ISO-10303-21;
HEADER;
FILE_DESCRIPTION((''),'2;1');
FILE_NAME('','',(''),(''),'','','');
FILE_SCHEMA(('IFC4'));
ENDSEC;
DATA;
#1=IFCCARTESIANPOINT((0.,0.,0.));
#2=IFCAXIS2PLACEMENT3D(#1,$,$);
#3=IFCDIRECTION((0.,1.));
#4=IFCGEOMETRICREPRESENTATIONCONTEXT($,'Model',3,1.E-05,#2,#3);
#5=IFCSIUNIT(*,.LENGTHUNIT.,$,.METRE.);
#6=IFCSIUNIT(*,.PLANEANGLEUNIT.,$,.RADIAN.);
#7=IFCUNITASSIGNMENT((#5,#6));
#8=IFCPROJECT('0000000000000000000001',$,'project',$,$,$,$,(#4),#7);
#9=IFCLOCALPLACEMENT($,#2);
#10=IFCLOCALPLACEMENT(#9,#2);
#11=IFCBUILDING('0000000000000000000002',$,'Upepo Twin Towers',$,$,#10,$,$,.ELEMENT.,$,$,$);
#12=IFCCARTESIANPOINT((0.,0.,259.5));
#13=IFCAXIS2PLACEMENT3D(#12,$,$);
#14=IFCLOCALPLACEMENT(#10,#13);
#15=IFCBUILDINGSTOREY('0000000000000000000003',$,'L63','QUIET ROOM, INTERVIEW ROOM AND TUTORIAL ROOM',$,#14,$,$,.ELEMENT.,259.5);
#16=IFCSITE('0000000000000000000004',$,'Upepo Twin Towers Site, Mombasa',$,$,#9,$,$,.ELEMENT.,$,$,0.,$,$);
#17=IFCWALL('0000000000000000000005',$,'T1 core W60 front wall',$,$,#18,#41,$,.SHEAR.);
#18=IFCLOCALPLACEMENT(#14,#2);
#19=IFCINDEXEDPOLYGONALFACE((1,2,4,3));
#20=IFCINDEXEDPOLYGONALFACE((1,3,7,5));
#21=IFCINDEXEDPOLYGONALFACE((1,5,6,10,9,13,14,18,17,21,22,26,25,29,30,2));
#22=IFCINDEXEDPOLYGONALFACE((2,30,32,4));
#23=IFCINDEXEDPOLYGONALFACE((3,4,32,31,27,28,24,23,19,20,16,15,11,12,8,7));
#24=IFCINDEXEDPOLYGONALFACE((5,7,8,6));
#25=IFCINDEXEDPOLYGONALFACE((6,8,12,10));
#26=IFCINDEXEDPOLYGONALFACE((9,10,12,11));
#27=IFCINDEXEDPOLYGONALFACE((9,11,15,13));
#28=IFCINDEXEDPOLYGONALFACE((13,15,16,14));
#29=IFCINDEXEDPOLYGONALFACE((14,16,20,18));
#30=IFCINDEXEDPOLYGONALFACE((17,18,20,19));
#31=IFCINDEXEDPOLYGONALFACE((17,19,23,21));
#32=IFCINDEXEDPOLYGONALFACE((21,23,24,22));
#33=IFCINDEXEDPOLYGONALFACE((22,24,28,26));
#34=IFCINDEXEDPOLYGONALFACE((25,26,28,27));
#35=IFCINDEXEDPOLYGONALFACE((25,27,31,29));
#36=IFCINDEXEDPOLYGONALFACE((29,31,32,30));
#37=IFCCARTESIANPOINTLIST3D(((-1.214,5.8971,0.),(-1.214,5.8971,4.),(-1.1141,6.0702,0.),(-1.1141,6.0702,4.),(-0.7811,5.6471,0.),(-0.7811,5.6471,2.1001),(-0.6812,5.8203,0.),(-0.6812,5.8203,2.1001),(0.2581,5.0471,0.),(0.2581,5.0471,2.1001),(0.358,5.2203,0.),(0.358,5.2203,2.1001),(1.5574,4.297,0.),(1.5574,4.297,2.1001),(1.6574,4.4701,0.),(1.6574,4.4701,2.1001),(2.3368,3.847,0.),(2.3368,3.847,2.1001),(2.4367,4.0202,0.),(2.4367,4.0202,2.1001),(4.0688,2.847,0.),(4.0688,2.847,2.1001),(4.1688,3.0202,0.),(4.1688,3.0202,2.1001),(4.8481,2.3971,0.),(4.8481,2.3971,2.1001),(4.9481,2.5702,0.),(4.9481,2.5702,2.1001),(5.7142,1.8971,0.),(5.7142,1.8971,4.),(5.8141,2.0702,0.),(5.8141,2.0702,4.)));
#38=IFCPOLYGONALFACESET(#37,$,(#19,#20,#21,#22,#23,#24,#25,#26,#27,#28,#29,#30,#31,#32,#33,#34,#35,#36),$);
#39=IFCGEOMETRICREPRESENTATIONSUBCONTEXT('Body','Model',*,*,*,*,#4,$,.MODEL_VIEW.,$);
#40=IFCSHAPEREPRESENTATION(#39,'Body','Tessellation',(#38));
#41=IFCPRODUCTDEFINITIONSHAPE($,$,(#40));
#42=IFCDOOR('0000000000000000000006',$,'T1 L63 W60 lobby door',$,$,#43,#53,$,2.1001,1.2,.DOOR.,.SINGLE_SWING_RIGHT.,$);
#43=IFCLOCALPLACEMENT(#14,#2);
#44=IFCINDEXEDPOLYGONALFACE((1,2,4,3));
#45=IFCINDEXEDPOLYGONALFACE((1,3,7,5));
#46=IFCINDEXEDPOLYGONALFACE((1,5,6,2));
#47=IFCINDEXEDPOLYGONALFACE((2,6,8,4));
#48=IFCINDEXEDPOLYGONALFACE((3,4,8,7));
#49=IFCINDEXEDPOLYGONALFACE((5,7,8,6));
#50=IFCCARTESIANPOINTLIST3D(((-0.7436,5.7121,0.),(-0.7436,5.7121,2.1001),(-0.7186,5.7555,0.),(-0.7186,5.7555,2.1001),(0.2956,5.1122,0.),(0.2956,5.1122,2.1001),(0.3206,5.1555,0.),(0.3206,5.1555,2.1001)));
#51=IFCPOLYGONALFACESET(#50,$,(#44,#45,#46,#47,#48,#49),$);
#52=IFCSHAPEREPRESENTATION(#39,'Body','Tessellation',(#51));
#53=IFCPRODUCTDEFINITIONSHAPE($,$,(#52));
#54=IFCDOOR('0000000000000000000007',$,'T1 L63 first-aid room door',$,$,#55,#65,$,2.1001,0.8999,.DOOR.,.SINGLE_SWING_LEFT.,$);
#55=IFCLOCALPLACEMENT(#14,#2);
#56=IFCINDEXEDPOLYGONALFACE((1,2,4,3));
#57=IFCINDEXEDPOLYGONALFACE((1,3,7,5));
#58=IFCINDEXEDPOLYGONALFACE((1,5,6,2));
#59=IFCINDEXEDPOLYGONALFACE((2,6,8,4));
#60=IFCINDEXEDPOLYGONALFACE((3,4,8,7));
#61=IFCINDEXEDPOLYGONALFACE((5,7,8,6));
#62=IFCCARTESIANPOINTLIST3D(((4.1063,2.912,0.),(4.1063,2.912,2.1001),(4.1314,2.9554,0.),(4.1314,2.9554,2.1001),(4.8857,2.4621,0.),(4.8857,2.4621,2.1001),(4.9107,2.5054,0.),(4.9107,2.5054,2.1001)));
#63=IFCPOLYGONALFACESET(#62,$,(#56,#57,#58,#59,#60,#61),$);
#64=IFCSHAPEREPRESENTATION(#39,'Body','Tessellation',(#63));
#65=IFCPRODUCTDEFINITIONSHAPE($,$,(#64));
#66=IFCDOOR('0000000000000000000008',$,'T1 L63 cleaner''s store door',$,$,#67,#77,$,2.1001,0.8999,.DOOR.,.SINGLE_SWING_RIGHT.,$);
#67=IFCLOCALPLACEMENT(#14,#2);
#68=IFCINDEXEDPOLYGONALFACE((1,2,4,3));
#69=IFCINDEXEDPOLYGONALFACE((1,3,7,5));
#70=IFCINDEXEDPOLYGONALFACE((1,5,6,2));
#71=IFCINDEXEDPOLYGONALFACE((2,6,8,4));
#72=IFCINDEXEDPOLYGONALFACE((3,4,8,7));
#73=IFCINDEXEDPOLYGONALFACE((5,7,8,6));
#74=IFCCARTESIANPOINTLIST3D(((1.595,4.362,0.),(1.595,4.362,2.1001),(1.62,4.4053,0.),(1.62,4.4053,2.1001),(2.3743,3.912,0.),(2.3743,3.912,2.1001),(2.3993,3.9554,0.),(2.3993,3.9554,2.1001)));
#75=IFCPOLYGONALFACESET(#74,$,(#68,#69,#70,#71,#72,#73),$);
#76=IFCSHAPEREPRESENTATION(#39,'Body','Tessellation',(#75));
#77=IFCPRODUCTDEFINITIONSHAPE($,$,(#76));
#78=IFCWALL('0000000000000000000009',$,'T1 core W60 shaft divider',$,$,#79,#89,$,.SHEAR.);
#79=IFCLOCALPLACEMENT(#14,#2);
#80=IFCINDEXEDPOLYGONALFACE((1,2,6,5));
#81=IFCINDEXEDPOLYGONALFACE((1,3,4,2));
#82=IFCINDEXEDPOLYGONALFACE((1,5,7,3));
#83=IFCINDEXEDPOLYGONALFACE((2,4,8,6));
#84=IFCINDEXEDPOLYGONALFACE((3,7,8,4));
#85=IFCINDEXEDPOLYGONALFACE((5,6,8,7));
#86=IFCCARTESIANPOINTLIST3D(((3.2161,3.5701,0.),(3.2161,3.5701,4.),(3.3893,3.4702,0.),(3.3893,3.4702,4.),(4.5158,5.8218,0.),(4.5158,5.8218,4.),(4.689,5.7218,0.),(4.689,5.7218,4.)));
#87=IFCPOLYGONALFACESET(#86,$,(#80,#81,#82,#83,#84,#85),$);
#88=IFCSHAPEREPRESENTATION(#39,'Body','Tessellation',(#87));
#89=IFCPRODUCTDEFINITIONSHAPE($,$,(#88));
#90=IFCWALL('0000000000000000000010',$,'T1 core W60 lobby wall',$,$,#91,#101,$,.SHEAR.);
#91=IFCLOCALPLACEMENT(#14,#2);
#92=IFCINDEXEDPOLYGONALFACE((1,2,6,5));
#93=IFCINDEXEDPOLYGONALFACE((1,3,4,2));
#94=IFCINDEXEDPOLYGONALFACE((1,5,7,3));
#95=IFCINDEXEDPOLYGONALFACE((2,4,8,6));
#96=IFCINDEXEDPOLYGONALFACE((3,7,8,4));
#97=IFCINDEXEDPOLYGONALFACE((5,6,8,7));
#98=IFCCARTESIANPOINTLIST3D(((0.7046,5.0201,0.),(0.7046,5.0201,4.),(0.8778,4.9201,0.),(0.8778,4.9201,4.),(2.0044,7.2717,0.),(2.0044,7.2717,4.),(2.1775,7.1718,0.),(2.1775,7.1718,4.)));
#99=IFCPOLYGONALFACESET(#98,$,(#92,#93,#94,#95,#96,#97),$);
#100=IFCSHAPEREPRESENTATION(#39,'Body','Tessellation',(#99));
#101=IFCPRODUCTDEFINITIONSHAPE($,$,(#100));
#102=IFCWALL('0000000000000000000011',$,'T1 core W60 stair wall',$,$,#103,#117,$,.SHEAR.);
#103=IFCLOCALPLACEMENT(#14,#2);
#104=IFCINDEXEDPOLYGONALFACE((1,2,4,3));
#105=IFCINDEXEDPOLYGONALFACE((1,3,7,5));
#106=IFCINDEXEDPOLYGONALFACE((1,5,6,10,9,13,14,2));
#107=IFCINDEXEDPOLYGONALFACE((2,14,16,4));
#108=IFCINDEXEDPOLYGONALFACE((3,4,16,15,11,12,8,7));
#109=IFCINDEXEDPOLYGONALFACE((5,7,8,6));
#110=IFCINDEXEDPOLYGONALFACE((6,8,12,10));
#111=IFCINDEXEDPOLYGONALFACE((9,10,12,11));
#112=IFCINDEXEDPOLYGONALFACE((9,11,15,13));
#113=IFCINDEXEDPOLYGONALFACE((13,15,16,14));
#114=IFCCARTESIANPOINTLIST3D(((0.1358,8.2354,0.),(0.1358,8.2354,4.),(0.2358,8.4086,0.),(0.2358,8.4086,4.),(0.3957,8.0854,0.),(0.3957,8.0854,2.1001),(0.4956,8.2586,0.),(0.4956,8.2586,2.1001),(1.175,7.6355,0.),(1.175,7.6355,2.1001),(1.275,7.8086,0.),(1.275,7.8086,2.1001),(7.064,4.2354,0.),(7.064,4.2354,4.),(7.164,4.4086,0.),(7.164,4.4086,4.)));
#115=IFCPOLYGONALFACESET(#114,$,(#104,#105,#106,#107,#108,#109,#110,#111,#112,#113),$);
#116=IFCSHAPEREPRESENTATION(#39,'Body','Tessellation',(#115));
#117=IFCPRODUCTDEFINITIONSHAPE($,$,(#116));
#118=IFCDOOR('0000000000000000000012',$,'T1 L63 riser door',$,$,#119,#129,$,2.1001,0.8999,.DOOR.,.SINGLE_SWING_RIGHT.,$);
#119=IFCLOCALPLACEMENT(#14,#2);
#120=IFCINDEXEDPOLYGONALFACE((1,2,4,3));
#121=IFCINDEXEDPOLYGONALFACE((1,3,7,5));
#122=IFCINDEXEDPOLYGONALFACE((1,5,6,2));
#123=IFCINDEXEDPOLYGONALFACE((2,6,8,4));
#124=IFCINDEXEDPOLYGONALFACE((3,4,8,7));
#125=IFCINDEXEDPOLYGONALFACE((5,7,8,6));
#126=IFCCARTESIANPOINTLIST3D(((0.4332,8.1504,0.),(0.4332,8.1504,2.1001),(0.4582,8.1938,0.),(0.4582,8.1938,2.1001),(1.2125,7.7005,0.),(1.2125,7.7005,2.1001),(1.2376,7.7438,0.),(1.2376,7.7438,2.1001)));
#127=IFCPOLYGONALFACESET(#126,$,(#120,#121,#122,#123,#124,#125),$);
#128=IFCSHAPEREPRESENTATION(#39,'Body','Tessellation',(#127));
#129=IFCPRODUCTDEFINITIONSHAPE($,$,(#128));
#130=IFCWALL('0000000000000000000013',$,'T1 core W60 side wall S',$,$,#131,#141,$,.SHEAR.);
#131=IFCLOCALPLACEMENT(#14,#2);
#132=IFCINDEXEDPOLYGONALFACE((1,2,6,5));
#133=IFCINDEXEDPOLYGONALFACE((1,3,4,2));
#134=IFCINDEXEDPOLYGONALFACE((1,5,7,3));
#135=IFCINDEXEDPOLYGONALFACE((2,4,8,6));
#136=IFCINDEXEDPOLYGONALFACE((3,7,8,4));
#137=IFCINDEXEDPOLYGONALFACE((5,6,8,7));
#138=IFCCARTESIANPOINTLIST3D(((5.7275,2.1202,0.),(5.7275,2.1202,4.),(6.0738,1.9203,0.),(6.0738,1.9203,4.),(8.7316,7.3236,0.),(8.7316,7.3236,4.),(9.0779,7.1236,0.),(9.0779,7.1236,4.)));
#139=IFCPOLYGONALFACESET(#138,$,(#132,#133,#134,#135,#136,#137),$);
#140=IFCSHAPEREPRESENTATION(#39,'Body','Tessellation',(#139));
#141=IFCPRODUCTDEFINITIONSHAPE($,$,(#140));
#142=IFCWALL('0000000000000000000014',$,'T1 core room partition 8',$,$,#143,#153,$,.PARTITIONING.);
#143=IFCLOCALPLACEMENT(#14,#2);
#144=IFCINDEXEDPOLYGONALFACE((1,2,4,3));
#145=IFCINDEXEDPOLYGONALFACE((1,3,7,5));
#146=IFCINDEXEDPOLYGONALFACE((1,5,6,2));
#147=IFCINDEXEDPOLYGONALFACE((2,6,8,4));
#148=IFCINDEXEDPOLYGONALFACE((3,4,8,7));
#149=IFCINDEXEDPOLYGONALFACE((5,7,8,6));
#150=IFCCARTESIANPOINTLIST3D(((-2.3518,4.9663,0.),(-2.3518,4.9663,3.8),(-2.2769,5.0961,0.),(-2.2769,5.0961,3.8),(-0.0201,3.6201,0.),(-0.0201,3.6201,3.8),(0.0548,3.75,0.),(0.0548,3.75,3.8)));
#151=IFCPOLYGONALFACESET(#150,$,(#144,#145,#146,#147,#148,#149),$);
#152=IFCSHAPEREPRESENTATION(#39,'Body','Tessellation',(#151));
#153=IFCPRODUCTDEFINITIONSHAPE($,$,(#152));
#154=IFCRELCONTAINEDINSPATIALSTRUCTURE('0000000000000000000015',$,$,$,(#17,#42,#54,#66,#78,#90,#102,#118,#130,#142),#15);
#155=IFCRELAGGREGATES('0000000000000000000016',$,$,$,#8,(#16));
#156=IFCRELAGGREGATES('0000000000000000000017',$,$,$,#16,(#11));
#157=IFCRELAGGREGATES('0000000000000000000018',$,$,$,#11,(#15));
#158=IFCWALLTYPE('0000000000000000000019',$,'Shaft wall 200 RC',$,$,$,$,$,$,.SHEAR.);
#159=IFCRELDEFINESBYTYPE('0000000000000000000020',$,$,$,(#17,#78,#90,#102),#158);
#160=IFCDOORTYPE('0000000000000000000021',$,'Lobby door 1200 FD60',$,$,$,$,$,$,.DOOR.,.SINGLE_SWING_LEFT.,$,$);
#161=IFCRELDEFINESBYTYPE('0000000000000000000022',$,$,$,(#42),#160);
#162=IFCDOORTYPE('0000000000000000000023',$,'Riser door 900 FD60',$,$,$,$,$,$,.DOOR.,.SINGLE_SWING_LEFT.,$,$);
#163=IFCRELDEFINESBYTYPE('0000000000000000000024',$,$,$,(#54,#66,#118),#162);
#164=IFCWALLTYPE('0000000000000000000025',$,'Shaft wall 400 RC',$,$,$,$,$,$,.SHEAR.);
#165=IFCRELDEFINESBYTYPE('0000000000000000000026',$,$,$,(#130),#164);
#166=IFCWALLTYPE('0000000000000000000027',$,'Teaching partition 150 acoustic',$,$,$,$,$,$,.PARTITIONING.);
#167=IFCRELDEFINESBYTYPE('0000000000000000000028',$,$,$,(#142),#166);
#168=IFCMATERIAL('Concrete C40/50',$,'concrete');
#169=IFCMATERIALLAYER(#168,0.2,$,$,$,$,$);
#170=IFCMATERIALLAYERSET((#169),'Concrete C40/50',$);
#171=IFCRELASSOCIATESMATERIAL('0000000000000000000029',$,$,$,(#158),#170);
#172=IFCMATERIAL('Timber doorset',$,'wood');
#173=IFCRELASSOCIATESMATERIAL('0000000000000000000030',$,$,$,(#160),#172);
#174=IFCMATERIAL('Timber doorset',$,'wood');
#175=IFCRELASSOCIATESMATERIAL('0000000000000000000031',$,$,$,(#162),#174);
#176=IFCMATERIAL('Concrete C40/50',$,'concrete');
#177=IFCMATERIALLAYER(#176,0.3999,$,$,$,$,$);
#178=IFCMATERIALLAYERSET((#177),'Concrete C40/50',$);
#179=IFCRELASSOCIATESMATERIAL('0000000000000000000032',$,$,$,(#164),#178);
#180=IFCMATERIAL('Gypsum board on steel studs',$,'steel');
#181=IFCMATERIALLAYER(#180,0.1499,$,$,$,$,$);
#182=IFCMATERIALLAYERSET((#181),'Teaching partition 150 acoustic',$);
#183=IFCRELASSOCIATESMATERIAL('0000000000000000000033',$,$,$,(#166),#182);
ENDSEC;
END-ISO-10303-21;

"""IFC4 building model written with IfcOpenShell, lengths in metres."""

from ifc_helpers import new_model, si_unit, direction, frame, frame_2d, origin, place, context, subcontext, project, spatial, rectangle, extrude, material, layer, layer_set, type_object, element, fill, save


model = new_model("IFC4")

# Units and contexts
model_context = context("Model", 3, precision=1e-05, world=origin(), true_north=direction((0.0, 1.0)))
body_context = subcontext(model_context, "Body", "Model", "MODEL_VIEW")
ifc_project = project(units=[si_unit("LENGTHUNIT", "METRE"), si_unit("PLANEANGLEUNIT", "RADIAN")], contexts=[model_context])

# Site, building, storey
site_placement = place(None, origin())
site = spatial("IfcSite", under=ifc_project, at=site_placement, Name="Upepo Twin Towers Site, Mombasa", CompositionType="ELEMENT", RefElevation=0.0)
building_placement = place(site_placement, origin())
building = spatial("IfcBuilding", under=site, at=building_placement, Name="Upepo Twin Towers", CompositionType="ELEMENT")
storey_placement = place(building_placement, frame((0.0, 0.0, 259.5)))
storey = spatial("IfcBuildingStorey", under=building, at=storey_placement, Name="L63", Description="QUIET ROOM, INTERVIEW ROOM AND TUTORIAL ROOM", CompositionType="ELEMENT", Elevation=259.5)

# Wall, openings, doors
ifc_material_1 = material(Name="Concrete C40/50", Category="concrete")
ifc_layer_1 = layer(ifc_material_1, 0.2)
ifc_layer_set_1 = layer_set([ifc_layer_1], Name="Concrete C40/50")
wall_type_1 = type_object("IfcWallType", Name="Shaft wall 200 RC", PredefinedType="SHEAR", material=ifc_layer_set_1)
wall_1_placement = place(storey_placement, frame((5.7642, 1.9836, 0.0), z_axis=(0.0, 0.0, 1.0), x_axis=(-0.866026, 0.499999, 0.0)))
wall_1 = element("IfcWall", 1, at=wall_1_placement, inside=storey, type_object=wall_type_1, Name="T1 core W60 front wall", PredefinedType="SHEAR", context=body_context, shape_type="SweptSolid", body=[
    extrude(rectangle(XDim=8.0, YDim=0.2, at=frame_2d((4.0, 0.0))), origin(), (0.0, 0.0, 1.0), 4.0),
])
opening_1_placement = place(wall_1_placement, frame((6.3, 0.0, 0.0)))
opening_1 = element("IfcOpeningElement", 2, at=opening_1_placement, cuts=wall_1, PredefinedType="OPENING", context=body_context, shape_type="SweptSolid", body=[
    extrude(rectangle(XDim=1.2, YDim=2.1001, at=frame_2d((0.6001, 1.05))), frame((0.0, 0.1099, 0.0), z_axis=(0.0, -1.0, 0.0), x_axis=(1.0, 0.0, 0.0)), (0.0, 0.0, 1.0), 0.22),
])
opening_2_placement = place(wall_1_placement, frame((1.0, 0.0, 0.0)))
opening_2 = element("IfcOpeningElement", 3, at=opening_2_placement, cuts=wall_1, PredefinedType="OPENING", context=body_context, shape_type="SweptSolid", body=[
    extrude(rectangle(XDim=0.8999, YDim=2.1001, at=frame_2d((0.45, 1.05))), frame((0.0, 0.1099, 0.0), z_axis=(0.0, -1.0, 0.0), x_axis=(1.0, 0.0, 0.0)), (0.0, 0.0, 1.0), 0.22),
])
opening_3_placement = place(wall_1_placement, frame((3.8999, 0.0, 0.0)))
opening_3 = element("IfcOpeningElement", 4, at=opening_3_placement, cuts=wall_1, PredefinedType="OPENING", context=body_context, shape_type="SweptSolid", body=[
    extrude(rectangle(XDim=0.8999, YDim=2.1001, at=frame_2d((0.45, 1.05))), frame((0.0, 0.1099, 0.0), z_axis=(0.0, -1.0, 0.0), x_axis=(1.0, 0.0, 0.0)), (0.0, 0.0, 1.0), 0.22),
])
ifc_material_2 = material(Name="Timber doorset", Category="wood")
door_type_1 = type_object("IfcDoorType", Name="Lobby door 1200 FD60", OperationType="SINGLE_SWING_LEFT", PredefinedType="DOOR", material=ifc_material_2)
door_1_placement = place(opening_1_placement, origin())
door_1 = element("IfcDoor", 5, at=door_1_placement, inside=storey, type_object=door_type_1, Name="T1 L63 W60 lobby door", OperationType="SINGLE_SWING_RIGHT", OverallHeight=2.1001, OverallWidth=1.2, PredefinedType="DOOR", context=body_context, shape_type="SweptSolid", body=[
    extrude(rectangle(XDim=1.2, YDim=2.1001, at=frame_2d((0.6001, 1.05))), frame((0.0, 0.0249, 0.0), z_axis=(0.0, -1.0, 0.0), x_axis=(1.0, 0.0, 0.0)), (0.0, 0.0, 1.0), 0.05),
])
fill(opening_1, door_1)
ifc_material_3 = material(Name="Timber doorset", Category="wood")
door_type_2 = type_object("IfcDoorType", Name="Riser door 900 FD60", OperationType="SINGLE_SWING_LEFT", PredefinedType="DOOR", material=ifc_material_3)
door_2_placement = place(opening_2_placement, origin())
door_2 = element("IfcDoor", 6, at=door_2_placement, inside=storey, type_object=door_type_2, Name="T1 L63 first-aid room door", OperationType="SINGLE_SWING_LEFT", OverallHeight=2.1001, OverallWidth=0.8999, PredefinedType="DOOR", context=body_context, shape_type="SweptSolid", body=[
    extrude(rectangle(XDim=0.8999, YDim=2.1001, at=frame_2d((0.45, 1.05))), frame((0.0, 0.0249, 0.0), z_axis=(0.0, -1.0, 0.0), x_axis=(1.0, 0.0, 0.0)), (0.0, 0.0, 1.0), 0.05),
])
fill(opening_2, door_2)
door_3_placement = place(opening_3_placement, origin())
door_3 = element("IfcDoor", 7, at=door_3_placement, inside=storey, type_object=door_type_2, Name="T1 L63 cleaner's store door", OperationType="SINGLE_SWING_RIGHT", OverallHeight=2.1001, OverallWidth=0.8999, PredefinedType="DOOR", context=body_context, shape_type="SweptSolid", body=[
    extrude(rectangle(XDim=0.8999, YDim=2.1001, at=frame_2d((0.45, 1.05))), frame((0.0, 0.0249, 0.0), z_axis=(0.0, -1.0, 0.0), x_axis=(1.0, 0.0, 0.0)), (0.0, 0.0, 1.0), 0.05),
])
fill(opening_3, door_3)

# Walls
for number, where, z_axis, x_axis, name in (
    (8, (3.3027, 3.5203, 0.0), (0.0, 0.0, 1.0), (0.499937, 0.866062, 0.0), "T1 core W60 shaft divider"),
    (9, (0.7913, 4.9702, 0.0), (0.0, 0.0, 1.0), (0.499937, 0.866062, 0.0), "T1 core W60 lobby wall"),
):
    element("IfcWall", number, at=place(storey_placement, frame(where, z_axis=z_axis, x_axis=x_axis)), inside=storey, type_object=wall_type_1, Name=name, PredefinedType="SHEAR", context=body_context, shape_type="SweptSolid", body=[
        extrude(rectangle(XDim=2.5999, YDim=0.2, at=frame_2d((1.2998, 0.0))), origin(), (0.0, 0.0, 1.0), 4.0),
    ])

# Wall, opening, door
wall_2_placement = place(storey_placement, frame((7.114, 4.322, 0.0), z_axis=(0.0, 0.0, 1.0), x_axis=(-0.866026, 0.499999, 0.0)))
wall_2 = element("IfcWall", 10, at=wall_2_placement, inside=storey, type_object=wall_type_1, Name="T1 core W60 stair wall", PredefinedType="SHEAR", context=body_context, shape_type="SweptSolid", body=[
    extrude(rectangle(XDim=8.0, YDim=0.2, at=frame_2d((4.0, 0.0))), origin(), (0.0, 0.0, 1.0), 4.0),
])
opening_4_placement = place(wall_2_placement, frame((6.8, 0.0, 0.0)))
opening_4 = element("IfcOpeningElement", 11, at=opening_4_placement, cuts=wall_2, PredefinedType="OPENING", context=body_context, shape_type="SweptSolid", body=[
    extrude(rectangle(XDim=0.8999, YDim=2.1001, at=frame_2d((0.45, 1.05))), frame((0.0, 0.1099, 0.0), z_axis=(0.0, -1.0, 0.0), x_axis=(1.0, 0.0, 0.0)), (0.0, 0.0, 1.0), 0.22),
])
door_4_placement = place(opening_4_placement, origin())
door_4 = element("IfcDoor", 12, at=door_4_placement, inside=storey, type_object=door_type_2, Name="T1 L63 riser door", OperationType="SINGLE_SWING_RIGHT", OverallHeight=2.1001, OverallWidth=0.8999, PredefinedType="DOOR", context=body_context, shape_type="SweptSolid", body=[
    extrude(rectangle(XDim=0.8999, YDim=2.1001, at=frame_2d((0.45, 1.05))), frame((0.0, 0.0249, 0.0), z_axis=(0.0, -1.0, 0.0), x_axis=(1.0, 0.0, 0.0)), (0.0, 0.0, 1.0), 0.05),
])
fill(opening_4, door_4)

# Walls
ifc_material_4 = material(Name="Concrete C40/50", Category="concrete")
ifc_layer_2 = layer(ifc_material_4, 0.3999)
ifc_layer_set_2 = layer_set([ifc_layer_2], Name="Concrete C40/50")
wall_type_2 = type_object("IfcWallType", Name="Shaft wall 400 RC", PredefinedType="SHEAR", material=ifc_layer_set_2)
wall_3_placement = place(storey_placement, frame((5.9006, 2.0203, 0.0), z_axis=(0.0, 0.0, 1.0), x_axis=(0.499998, 0.866027, 0.0)))
element("IfcWall", 13, at=wall_3_placement, inside=storey, type_object=wall_type_2, Name="T1 core W60 side wall S", PredefinedType="SHEAR", context=body_context, shape_type="SweptSolid", body=[
    extrude(rectangle(XDim=6.0083, YDim=0.3999, at=frame_2d((3.0042, 0.0))), origin(), (0.0, 0.0, 1.0), 4.0),
])
ifc_material_5 = material(Name="Gypsum board on steel studs", Category="steel")
ifc_layer_3 = layer(ifc_material_5, 0.1499)
ifc_layer_set_3 = layer_set([ifc_layer_3], Name="Teaching partition 150 acoustic")
wall_type_3 = type_object("IfcWallType", Name="Teaching partition 150 acoustic", PredefinedType="PARTITIONING", material=ifc_layer_set_3)
wall_4_placement = place(storey_placement, frame((0.0173, 3.6851, 0.0), z_axis=(0.0, 0.0, 1.0), x_axis=(-0.866036, 0.499981, 0.0)))
element("IfcWall", 14, at=wall_4_placement, inside=storey, type_object=wall_type_3, Name="T1 core room partition 8", PredefinedType="PARTITIONING", context=body_context, shape_type="SweptSolid", body=[
    extrude(rectangle(XDim=2.6924, YDim=0.1499, at=frame_2d((1.3462, 0.0))), origin(), (0.0, 0.0, 1.0), 3.8),
])

save(model, "model.ifc")
